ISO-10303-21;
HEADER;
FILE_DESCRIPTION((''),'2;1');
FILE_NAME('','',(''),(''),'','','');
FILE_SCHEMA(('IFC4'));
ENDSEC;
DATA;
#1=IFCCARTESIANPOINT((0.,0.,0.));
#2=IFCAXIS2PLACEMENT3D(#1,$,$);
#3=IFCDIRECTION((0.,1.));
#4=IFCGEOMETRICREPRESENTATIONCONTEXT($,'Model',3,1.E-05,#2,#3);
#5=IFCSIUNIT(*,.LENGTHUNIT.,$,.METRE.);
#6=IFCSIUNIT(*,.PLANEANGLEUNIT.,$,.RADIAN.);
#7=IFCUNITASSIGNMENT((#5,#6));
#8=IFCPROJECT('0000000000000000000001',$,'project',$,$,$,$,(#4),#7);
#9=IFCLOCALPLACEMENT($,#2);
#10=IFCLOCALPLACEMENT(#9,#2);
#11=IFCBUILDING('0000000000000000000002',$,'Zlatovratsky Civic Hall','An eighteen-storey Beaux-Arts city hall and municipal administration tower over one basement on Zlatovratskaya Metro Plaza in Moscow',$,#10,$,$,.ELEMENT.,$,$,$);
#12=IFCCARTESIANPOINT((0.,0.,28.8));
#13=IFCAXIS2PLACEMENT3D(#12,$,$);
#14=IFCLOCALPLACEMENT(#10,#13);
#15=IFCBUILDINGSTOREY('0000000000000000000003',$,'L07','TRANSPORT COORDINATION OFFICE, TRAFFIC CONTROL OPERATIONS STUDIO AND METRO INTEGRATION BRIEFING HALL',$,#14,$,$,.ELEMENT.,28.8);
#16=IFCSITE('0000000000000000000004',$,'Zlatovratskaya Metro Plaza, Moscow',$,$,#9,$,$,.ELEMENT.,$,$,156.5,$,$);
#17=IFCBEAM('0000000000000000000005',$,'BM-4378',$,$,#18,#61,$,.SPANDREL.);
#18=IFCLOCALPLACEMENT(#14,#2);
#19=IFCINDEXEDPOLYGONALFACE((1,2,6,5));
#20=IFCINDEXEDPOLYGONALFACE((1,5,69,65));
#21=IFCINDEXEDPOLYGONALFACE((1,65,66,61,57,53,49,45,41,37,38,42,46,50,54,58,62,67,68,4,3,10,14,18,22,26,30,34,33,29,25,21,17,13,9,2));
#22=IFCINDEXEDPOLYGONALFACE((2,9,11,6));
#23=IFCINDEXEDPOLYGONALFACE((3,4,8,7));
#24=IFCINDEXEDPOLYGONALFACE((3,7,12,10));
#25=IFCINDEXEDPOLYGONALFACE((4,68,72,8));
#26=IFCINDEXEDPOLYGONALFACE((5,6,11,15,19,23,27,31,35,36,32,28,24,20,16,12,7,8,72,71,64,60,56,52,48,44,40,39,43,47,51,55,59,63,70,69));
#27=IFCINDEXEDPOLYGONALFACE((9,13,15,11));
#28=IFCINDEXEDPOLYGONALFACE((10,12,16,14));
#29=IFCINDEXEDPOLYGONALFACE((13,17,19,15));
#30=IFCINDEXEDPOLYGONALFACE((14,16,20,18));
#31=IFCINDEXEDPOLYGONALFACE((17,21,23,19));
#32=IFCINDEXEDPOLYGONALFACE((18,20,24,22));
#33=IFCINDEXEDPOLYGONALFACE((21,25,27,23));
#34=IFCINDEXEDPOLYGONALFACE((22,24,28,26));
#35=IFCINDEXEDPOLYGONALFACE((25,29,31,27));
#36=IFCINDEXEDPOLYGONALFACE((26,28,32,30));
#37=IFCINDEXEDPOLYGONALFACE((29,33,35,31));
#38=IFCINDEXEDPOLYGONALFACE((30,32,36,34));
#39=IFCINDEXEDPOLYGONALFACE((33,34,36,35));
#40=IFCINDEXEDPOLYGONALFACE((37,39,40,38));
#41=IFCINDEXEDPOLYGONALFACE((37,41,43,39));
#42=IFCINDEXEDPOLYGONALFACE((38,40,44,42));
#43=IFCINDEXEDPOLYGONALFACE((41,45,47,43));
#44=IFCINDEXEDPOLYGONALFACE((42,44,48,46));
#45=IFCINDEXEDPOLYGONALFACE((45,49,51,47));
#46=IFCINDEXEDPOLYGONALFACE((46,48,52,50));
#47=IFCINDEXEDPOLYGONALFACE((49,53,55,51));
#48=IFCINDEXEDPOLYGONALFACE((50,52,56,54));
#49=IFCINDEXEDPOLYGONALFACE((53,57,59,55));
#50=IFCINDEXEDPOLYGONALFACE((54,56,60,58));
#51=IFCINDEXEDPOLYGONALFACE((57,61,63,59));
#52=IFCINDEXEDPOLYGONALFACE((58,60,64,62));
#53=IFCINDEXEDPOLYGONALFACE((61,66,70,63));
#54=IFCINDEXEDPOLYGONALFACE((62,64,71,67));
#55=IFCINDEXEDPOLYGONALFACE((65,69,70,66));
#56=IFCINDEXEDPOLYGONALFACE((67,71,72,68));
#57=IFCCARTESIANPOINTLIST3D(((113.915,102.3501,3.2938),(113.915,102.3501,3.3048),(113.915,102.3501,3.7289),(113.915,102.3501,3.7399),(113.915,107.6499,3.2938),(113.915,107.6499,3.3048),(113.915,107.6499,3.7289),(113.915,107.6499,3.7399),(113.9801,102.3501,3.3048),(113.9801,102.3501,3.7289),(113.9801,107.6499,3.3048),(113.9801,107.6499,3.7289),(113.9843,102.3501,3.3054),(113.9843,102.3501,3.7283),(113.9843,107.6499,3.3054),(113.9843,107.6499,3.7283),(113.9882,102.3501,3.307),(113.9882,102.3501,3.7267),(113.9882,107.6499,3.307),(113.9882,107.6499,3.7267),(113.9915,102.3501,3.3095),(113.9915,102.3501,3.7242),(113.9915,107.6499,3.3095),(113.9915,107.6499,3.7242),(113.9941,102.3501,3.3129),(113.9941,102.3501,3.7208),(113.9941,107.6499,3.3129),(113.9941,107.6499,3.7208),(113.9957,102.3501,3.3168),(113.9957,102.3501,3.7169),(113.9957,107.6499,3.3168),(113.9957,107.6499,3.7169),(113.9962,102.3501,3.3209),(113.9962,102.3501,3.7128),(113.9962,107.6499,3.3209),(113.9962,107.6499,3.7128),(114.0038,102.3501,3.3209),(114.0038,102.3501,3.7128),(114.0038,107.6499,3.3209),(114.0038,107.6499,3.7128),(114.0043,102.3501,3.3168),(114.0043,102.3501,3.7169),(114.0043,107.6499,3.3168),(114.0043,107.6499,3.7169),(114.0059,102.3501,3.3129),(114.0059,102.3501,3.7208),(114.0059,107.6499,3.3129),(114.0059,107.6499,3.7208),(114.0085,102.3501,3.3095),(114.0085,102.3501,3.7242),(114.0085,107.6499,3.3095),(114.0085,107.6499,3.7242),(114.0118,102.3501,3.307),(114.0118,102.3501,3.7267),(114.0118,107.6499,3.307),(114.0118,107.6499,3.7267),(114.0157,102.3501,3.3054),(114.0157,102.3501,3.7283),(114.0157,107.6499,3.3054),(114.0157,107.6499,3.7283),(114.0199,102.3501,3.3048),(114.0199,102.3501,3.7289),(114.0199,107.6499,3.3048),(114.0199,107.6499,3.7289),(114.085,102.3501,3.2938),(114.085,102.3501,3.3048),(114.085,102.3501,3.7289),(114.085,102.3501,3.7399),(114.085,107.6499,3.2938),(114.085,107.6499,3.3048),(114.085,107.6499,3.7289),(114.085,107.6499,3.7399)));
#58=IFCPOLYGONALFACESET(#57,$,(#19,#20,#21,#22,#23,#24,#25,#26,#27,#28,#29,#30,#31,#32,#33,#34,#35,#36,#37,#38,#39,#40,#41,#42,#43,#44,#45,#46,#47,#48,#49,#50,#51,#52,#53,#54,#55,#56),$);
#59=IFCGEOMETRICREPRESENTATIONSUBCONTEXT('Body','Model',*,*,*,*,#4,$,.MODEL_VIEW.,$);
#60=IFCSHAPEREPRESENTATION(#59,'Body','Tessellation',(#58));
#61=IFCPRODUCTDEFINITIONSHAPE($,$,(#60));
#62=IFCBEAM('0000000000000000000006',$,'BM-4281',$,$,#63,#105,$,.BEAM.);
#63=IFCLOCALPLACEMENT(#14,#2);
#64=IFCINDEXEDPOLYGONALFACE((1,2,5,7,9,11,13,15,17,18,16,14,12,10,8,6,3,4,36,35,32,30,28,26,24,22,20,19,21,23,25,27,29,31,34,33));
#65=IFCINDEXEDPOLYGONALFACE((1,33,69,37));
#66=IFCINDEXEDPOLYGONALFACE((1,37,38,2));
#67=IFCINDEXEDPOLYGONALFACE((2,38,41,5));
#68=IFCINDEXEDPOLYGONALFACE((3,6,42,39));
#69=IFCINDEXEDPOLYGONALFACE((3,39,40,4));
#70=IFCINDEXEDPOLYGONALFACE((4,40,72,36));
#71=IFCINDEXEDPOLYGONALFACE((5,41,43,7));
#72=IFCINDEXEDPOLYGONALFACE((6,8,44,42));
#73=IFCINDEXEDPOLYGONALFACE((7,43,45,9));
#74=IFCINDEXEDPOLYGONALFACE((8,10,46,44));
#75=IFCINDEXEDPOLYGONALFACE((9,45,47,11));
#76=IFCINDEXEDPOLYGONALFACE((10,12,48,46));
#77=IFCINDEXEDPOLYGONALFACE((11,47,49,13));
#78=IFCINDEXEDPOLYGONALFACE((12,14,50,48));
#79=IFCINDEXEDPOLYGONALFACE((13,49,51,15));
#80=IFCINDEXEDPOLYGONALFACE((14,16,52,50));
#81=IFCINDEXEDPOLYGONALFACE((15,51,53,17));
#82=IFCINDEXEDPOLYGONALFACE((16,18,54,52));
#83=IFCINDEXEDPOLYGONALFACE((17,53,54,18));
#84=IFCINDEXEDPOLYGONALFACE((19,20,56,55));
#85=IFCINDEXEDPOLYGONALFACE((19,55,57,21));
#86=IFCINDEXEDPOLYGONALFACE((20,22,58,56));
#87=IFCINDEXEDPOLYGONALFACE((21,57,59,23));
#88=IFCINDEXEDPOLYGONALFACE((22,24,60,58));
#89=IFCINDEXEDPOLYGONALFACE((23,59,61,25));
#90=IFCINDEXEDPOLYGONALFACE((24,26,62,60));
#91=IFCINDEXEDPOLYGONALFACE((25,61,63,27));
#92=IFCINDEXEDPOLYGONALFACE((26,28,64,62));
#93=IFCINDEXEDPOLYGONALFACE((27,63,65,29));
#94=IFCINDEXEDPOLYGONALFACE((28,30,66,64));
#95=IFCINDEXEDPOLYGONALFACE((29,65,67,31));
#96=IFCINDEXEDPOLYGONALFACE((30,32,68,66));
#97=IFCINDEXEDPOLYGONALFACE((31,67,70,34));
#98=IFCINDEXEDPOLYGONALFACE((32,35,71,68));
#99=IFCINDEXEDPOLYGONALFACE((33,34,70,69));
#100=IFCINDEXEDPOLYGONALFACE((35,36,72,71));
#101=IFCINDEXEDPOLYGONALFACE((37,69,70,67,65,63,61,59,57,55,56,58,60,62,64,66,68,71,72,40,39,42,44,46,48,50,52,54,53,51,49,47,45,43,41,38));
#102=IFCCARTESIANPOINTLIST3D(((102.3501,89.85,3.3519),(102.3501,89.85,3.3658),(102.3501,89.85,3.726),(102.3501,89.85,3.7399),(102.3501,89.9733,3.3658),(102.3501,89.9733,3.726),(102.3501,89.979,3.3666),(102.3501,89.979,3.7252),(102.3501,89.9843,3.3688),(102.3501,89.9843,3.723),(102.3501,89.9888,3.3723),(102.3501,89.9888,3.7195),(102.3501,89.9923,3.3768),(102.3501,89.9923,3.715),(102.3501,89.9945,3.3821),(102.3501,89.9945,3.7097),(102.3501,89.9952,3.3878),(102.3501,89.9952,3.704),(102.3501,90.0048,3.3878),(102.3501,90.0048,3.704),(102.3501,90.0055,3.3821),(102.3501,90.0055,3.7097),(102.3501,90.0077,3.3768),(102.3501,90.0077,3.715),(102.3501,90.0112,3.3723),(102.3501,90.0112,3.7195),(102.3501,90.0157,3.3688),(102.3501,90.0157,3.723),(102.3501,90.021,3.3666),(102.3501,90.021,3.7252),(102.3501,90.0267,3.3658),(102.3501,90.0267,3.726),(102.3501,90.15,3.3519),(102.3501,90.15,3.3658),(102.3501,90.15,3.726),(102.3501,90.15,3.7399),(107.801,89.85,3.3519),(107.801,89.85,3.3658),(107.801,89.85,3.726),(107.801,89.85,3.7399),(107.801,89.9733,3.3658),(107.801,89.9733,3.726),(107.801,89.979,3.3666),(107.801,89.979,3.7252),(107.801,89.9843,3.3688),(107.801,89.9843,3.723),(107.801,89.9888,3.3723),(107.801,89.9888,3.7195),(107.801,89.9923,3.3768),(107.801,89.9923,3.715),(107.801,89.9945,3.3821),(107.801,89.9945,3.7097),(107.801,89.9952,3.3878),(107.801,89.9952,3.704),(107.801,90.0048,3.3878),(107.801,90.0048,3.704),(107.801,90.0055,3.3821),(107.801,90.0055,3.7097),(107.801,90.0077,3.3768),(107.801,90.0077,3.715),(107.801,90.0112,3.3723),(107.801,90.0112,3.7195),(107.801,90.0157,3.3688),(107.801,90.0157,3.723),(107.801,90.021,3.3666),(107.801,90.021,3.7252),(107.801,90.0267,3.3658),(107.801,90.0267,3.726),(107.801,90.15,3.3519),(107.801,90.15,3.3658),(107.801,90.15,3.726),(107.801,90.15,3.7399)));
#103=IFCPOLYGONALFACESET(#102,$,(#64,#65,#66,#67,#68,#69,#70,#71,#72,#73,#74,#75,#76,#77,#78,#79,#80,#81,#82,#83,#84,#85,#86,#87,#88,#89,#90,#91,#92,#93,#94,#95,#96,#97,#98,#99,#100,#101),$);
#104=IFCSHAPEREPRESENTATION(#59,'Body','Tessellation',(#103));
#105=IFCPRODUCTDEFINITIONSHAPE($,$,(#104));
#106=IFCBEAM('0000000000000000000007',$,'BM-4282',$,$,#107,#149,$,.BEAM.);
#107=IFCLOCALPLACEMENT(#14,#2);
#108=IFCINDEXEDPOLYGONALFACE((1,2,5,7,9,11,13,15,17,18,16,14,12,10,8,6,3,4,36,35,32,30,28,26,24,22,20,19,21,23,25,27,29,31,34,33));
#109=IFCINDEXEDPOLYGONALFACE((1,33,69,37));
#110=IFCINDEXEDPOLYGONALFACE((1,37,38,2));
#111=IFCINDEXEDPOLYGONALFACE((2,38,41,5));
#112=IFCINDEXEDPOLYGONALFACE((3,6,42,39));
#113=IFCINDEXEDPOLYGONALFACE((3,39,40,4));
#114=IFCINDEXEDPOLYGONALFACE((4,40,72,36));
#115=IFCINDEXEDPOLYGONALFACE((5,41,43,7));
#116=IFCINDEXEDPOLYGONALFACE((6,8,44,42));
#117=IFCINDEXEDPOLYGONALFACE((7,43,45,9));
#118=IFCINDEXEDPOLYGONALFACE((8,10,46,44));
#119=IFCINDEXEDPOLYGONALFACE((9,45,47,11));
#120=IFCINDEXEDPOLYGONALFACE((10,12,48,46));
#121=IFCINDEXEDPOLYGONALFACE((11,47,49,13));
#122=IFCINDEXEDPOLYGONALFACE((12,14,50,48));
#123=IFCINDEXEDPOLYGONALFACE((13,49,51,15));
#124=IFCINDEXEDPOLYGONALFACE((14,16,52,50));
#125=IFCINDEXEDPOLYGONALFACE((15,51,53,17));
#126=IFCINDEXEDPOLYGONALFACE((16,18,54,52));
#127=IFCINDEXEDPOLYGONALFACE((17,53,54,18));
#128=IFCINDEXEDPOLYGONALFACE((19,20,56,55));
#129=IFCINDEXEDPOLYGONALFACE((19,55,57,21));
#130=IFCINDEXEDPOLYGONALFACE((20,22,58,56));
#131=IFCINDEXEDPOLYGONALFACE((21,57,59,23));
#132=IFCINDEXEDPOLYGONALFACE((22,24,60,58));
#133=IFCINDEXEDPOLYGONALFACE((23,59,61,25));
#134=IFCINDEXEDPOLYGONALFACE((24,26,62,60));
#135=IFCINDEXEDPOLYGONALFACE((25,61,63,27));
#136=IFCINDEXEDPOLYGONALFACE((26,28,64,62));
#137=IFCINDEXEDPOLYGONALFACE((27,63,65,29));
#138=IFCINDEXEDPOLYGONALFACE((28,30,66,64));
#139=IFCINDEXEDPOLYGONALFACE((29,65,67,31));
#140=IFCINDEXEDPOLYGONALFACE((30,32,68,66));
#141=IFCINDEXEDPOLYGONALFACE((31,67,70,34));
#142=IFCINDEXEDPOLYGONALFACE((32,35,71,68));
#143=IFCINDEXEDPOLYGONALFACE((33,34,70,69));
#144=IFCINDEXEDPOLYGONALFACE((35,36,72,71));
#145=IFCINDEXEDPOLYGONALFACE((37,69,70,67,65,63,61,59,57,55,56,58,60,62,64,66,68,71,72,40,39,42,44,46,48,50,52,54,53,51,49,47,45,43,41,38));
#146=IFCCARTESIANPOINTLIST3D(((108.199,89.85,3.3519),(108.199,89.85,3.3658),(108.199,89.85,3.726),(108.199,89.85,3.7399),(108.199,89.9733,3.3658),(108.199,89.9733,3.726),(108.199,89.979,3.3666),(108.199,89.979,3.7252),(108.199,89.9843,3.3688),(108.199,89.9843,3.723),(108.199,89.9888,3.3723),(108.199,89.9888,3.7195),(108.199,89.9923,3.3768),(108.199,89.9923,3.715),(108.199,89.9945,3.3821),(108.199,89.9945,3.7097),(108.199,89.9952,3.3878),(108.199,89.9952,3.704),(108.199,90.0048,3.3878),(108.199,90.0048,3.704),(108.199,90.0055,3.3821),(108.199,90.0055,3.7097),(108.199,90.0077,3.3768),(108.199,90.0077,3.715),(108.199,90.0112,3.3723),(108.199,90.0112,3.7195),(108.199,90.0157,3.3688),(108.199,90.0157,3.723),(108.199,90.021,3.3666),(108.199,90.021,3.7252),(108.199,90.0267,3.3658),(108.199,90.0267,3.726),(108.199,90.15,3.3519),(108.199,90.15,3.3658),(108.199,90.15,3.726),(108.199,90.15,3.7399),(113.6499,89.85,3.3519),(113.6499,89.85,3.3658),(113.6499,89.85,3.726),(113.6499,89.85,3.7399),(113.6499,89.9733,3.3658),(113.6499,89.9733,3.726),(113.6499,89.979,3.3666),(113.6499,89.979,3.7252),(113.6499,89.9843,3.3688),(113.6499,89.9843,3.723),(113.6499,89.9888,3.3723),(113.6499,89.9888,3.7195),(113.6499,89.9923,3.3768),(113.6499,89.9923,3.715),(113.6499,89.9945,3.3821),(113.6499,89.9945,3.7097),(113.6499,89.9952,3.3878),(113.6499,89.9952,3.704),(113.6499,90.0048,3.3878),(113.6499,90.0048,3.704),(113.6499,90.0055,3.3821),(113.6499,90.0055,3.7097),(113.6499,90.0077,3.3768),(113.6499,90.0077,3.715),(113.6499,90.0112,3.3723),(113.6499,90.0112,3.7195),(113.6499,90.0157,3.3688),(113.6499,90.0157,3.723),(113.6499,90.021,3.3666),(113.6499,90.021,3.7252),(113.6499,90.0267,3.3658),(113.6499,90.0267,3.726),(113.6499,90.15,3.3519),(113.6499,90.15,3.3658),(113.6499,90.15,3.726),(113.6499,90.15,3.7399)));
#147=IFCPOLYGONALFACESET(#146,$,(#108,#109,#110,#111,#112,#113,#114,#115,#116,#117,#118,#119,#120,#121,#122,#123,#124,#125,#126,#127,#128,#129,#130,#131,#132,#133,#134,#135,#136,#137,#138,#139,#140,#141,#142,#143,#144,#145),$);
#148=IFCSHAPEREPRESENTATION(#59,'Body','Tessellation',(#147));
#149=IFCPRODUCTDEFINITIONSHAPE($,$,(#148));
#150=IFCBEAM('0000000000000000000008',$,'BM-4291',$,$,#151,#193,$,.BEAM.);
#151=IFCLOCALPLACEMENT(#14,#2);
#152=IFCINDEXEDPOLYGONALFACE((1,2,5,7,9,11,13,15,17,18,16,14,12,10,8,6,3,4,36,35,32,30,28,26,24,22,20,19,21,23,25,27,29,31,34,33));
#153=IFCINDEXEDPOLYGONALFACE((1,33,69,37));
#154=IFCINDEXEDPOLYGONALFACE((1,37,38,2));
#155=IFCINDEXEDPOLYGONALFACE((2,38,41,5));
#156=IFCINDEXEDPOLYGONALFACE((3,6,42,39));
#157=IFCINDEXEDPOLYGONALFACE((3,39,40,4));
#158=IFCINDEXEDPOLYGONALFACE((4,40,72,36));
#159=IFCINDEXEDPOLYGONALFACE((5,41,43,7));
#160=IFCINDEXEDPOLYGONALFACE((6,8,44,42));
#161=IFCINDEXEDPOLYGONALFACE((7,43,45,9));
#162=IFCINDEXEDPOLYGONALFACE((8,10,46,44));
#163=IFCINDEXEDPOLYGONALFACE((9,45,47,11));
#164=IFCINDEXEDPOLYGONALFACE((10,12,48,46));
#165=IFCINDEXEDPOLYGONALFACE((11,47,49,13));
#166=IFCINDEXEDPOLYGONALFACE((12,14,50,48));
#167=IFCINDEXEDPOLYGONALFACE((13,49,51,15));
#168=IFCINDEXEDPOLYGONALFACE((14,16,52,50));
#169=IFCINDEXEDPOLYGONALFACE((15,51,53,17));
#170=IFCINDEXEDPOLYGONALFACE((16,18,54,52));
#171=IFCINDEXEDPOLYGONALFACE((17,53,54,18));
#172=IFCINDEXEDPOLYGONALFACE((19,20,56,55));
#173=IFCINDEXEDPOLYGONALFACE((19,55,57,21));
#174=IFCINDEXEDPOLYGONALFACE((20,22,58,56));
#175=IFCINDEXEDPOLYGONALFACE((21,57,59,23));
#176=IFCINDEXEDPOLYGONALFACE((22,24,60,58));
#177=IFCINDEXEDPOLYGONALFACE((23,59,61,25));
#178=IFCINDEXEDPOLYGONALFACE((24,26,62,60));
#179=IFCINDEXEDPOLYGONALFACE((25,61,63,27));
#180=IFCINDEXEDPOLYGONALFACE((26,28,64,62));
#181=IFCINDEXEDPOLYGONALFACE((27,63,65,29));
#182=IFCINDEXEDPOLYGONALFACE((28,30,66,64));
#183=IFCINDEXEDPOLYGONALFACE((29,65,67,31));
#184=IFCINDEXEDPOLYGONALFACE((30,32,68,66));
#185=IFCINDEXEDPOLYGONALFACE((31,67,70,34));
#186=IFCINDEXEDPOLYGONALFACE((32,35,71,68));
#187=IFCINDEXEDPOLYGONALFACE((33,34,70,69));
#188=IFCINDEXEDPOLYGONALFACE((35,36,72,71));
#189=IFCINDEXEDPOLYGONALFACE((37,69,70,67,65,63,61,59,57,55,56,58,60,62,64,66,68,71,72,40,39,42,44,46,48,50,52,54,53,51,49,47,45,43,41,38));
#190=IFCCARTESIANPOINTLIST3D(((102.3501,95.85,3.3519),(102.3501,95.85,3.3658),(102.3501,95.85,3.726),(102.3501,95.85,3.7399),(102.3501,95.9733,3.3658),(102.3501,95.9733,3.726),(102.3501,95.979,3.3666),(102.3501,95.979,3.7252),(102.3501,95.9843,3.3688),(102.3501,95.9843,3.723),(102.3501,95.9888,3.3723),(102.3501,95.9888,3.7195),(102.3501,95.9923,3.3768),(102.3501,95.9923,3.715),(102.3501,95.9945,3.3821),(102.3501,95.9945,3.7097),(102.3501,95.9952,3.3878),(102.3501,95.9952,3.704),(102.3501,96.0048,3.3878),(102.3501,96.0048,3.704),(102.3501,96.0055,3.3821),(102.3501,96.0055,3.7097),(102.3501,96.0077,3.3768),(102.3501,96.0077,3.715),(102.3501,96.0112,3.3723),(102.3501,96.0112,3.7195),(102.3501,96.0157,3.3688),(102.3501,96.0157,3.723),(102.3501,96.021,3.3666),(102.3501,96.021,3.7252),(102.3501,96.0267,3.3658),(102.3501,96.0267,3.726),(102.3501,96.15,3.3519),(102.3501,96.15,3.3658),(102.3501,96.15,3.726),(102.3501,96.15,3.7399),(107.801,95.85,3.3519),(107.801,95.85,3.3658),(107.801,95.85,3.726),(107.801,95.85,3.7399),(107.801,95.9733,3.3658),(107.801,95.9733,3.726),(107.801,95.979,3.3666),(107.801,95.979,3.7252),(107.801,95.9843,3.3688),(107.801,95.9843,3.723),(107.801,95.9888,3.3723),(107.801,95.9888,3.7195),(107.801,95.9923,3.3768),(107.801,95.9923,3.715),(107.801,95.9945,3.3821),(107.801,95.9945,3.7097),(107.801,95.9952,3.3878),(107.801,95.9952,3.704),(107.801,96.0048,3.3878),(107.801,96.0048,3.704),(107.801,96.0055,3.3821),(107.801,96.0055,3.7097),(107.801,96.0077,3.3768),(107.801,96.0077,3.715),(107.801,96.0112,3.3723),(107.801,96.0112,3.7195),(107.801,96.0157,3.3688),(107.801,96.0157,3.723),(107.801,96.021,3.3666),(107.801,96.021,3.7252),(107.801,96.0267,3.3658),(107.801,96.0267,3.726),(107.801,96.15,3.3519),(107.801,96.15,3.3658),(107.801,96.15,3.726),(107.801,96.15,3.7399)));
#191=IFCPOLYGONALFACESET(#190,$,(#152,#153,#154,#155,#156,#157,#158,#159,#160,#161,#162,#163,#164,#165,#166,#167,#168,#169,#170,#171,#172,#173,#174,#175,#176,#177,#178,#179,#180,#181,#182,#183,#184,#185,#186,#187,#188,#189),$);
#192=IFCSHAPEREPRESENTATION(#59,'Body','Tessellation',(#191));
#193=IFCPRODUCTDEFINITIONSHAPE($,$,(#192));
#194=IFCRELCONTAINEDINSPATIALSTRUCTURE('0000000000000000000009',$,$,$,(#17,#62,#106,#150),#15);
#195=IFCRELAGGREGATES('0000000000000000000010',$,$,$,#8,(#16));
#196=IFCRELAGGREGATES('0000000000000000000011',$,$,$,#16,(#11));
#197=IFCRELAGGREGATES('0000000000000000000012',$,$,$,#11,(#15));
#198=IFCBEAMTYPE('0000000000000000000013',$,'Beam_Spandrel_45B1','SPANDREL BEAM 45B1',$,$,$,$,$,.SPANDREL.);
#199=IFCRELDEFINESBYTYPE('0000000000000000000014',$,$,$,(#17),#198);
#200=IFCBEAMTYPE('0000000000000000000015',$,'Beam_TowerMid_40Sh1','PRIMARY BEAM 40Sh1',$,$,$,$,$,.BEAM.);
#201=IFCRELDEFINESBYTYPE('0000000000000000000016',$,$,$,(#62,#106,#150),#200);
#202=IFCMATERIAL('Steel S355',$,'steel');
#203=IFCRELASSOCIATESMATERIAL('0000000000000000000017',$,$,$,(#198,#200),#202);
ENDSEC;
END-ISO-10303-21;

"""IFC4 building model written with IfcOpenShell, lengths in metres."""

from ifc_helpers import new_model, si_unit, direction, frame, origin, origin_2d, place, context, subcontext, project, spatial, i_section, extrude, material, material_profile, profile_set, type_object, element, save


model = new_model("IFC4")

# Units and contexts
model_context = context("Model", 3, precision=1e-05, world=origin(), true_north=direction((0.0, 1.0)))
body_context = subcontext(model_context, "Body", "Model", "MODEL_VIEW")
ifc_project = project(units=[si_unit("LENGTHUNIT", "METRE"), si_unit("PLANEANGLEUNIT", "RADIAN")], contexts=[model_context])

# Site, building, storey
site_placement = place(None, origin())
site = spatial("IfcSite", under=ifc_project, at=site_placement, Name="Zlatovratskaya Metro Plaza, Moscow", CompositionType="ELEMENT", RefElevation=156.5)
building_placement = place(site_placement, origin())
building = spatial("IfcBuilding", under=site, at=building_placement, Name="Zlatovratsky Civic Hall", Description="An eighteen-storey Beaux-Arts city hall and municipal administration tower over one basement on Zlatovratskaya Metro Plaza in Moscow", CompositionType="ELEMENT")
storey_placement = place(building_placement, frame((0.0, 0.0, 28.8)))
storey = spatial("IfcBuildingStorey", under=building, at=storey_placement, Name="L07", Description="TRANSPORT COORDINATION OFFICE, TRAFFIC CONTROL OPERATIONS STUDIO AND METRO INTEGRATION BRIEFING HALL", CompositionType="ELEMENT", Elevation=28.8)

# Shared definitions
ifc_material_1 = material(Name="Steel S355", Category="steel")

# Beams
ifc_material_profile_1 = material_profile(ifc_material_1, i_section(OverallWidth=0.1699, OverallDepth=0.446, WebThickness=0.0076, FlangeThickness=0.011, FilletRadius=0.0161, at=origin_2d()), Name="45B1")
ifc_profile_set_1 = profile_set([ifc_material_profile_1], Name="Steel S355")
beam_type_1 = type_object("IfcBeamType", Name="Beam_Spandrel_45B1", Description="SPANDREL BEAM 45B1", PredefinedType="SPANDREL", material=ifc_profile_set_1)
for number, where, z_axis, x_axis, name in (
    (1, (114.0, 102.3501, 3.5168), (0.0, 1.0, 0.0), (-1.0, 0.0, 0.0), "BM-4378"),
):
    element("IfcBeam", number, at=place(storey_placement, frame(where, z_axis=z_axis, x_axis=x_axis)), inside=storey, type_object=beam_type_1, Name=name, PredefinedType="SPANDREL", context=body_context, shape_type="SweptSolid", body=[
        extrude(i_section(OverallWidth=0.1699, OverallDepth=0.446, WebThickness=0.0076, FlangeThickness=0.011, FilletRadius=0.0161, at=origin_2d()), origin(), (0.0, 0.0, 1.0), 5.2998),
    ])
ifc_material_profile_2 = material_profile(ifc_material_1, i_section(OverallWidth=0.3, OverallDepth=0.3879, WebThickness=0.0095, FlangeThickness=0.0139, FilletRadius=0.022, at=origin_2d()), Name="40Sh1")
ifc_profile_set_2 = profile_set([ifc_material_profile_2], Name="Steel S355")
beam_type_2 = type_object("IfcBeamType", Name="Beam_TowerMid_40Sh1", Description="PRIMARY BEAM 40Sh1", PredefinedType="BEAM", material=ifc_profile_set_2)
for number, where, z_axis, x_axis, name in (
    (2, (102.3501, 90.0, 3.5459), (1.0, 0.0, 0.0), (0.0, 1.0, 0.0), "BM-4281"),
    (3, (108.199, 90.0, 3.5459), (1.0, 0.0, 0.0), (0.0, 1.0, 0.0), "BM-4282"),
    (4, (102.3501, 96.0, 3.5459), (1.0, 0.0, 0.0), (0.0, 1.0, 0.0), "BM-4291"),
):
    element("IfcBeam", number, at=place(storey_placement, frame(where, z_axis=z_axis, x_axis=x_axis)), inside=storey, type_object=beam_type_2, Name=name, PredefinedType="BEAM", context=body_context, shape_type="SweptSolid", body=[
        extrude(i_section(OverallWidth=0.3, OverallDepth=0.3879, WebThickness=0.0095, FlangeThickness=0.0139, FilletRadius=0.022, at=origin_2d()), origin(), (0.0, 0.0, 1.0), 5.4509),
    ])

save(model, "model.ifc")
